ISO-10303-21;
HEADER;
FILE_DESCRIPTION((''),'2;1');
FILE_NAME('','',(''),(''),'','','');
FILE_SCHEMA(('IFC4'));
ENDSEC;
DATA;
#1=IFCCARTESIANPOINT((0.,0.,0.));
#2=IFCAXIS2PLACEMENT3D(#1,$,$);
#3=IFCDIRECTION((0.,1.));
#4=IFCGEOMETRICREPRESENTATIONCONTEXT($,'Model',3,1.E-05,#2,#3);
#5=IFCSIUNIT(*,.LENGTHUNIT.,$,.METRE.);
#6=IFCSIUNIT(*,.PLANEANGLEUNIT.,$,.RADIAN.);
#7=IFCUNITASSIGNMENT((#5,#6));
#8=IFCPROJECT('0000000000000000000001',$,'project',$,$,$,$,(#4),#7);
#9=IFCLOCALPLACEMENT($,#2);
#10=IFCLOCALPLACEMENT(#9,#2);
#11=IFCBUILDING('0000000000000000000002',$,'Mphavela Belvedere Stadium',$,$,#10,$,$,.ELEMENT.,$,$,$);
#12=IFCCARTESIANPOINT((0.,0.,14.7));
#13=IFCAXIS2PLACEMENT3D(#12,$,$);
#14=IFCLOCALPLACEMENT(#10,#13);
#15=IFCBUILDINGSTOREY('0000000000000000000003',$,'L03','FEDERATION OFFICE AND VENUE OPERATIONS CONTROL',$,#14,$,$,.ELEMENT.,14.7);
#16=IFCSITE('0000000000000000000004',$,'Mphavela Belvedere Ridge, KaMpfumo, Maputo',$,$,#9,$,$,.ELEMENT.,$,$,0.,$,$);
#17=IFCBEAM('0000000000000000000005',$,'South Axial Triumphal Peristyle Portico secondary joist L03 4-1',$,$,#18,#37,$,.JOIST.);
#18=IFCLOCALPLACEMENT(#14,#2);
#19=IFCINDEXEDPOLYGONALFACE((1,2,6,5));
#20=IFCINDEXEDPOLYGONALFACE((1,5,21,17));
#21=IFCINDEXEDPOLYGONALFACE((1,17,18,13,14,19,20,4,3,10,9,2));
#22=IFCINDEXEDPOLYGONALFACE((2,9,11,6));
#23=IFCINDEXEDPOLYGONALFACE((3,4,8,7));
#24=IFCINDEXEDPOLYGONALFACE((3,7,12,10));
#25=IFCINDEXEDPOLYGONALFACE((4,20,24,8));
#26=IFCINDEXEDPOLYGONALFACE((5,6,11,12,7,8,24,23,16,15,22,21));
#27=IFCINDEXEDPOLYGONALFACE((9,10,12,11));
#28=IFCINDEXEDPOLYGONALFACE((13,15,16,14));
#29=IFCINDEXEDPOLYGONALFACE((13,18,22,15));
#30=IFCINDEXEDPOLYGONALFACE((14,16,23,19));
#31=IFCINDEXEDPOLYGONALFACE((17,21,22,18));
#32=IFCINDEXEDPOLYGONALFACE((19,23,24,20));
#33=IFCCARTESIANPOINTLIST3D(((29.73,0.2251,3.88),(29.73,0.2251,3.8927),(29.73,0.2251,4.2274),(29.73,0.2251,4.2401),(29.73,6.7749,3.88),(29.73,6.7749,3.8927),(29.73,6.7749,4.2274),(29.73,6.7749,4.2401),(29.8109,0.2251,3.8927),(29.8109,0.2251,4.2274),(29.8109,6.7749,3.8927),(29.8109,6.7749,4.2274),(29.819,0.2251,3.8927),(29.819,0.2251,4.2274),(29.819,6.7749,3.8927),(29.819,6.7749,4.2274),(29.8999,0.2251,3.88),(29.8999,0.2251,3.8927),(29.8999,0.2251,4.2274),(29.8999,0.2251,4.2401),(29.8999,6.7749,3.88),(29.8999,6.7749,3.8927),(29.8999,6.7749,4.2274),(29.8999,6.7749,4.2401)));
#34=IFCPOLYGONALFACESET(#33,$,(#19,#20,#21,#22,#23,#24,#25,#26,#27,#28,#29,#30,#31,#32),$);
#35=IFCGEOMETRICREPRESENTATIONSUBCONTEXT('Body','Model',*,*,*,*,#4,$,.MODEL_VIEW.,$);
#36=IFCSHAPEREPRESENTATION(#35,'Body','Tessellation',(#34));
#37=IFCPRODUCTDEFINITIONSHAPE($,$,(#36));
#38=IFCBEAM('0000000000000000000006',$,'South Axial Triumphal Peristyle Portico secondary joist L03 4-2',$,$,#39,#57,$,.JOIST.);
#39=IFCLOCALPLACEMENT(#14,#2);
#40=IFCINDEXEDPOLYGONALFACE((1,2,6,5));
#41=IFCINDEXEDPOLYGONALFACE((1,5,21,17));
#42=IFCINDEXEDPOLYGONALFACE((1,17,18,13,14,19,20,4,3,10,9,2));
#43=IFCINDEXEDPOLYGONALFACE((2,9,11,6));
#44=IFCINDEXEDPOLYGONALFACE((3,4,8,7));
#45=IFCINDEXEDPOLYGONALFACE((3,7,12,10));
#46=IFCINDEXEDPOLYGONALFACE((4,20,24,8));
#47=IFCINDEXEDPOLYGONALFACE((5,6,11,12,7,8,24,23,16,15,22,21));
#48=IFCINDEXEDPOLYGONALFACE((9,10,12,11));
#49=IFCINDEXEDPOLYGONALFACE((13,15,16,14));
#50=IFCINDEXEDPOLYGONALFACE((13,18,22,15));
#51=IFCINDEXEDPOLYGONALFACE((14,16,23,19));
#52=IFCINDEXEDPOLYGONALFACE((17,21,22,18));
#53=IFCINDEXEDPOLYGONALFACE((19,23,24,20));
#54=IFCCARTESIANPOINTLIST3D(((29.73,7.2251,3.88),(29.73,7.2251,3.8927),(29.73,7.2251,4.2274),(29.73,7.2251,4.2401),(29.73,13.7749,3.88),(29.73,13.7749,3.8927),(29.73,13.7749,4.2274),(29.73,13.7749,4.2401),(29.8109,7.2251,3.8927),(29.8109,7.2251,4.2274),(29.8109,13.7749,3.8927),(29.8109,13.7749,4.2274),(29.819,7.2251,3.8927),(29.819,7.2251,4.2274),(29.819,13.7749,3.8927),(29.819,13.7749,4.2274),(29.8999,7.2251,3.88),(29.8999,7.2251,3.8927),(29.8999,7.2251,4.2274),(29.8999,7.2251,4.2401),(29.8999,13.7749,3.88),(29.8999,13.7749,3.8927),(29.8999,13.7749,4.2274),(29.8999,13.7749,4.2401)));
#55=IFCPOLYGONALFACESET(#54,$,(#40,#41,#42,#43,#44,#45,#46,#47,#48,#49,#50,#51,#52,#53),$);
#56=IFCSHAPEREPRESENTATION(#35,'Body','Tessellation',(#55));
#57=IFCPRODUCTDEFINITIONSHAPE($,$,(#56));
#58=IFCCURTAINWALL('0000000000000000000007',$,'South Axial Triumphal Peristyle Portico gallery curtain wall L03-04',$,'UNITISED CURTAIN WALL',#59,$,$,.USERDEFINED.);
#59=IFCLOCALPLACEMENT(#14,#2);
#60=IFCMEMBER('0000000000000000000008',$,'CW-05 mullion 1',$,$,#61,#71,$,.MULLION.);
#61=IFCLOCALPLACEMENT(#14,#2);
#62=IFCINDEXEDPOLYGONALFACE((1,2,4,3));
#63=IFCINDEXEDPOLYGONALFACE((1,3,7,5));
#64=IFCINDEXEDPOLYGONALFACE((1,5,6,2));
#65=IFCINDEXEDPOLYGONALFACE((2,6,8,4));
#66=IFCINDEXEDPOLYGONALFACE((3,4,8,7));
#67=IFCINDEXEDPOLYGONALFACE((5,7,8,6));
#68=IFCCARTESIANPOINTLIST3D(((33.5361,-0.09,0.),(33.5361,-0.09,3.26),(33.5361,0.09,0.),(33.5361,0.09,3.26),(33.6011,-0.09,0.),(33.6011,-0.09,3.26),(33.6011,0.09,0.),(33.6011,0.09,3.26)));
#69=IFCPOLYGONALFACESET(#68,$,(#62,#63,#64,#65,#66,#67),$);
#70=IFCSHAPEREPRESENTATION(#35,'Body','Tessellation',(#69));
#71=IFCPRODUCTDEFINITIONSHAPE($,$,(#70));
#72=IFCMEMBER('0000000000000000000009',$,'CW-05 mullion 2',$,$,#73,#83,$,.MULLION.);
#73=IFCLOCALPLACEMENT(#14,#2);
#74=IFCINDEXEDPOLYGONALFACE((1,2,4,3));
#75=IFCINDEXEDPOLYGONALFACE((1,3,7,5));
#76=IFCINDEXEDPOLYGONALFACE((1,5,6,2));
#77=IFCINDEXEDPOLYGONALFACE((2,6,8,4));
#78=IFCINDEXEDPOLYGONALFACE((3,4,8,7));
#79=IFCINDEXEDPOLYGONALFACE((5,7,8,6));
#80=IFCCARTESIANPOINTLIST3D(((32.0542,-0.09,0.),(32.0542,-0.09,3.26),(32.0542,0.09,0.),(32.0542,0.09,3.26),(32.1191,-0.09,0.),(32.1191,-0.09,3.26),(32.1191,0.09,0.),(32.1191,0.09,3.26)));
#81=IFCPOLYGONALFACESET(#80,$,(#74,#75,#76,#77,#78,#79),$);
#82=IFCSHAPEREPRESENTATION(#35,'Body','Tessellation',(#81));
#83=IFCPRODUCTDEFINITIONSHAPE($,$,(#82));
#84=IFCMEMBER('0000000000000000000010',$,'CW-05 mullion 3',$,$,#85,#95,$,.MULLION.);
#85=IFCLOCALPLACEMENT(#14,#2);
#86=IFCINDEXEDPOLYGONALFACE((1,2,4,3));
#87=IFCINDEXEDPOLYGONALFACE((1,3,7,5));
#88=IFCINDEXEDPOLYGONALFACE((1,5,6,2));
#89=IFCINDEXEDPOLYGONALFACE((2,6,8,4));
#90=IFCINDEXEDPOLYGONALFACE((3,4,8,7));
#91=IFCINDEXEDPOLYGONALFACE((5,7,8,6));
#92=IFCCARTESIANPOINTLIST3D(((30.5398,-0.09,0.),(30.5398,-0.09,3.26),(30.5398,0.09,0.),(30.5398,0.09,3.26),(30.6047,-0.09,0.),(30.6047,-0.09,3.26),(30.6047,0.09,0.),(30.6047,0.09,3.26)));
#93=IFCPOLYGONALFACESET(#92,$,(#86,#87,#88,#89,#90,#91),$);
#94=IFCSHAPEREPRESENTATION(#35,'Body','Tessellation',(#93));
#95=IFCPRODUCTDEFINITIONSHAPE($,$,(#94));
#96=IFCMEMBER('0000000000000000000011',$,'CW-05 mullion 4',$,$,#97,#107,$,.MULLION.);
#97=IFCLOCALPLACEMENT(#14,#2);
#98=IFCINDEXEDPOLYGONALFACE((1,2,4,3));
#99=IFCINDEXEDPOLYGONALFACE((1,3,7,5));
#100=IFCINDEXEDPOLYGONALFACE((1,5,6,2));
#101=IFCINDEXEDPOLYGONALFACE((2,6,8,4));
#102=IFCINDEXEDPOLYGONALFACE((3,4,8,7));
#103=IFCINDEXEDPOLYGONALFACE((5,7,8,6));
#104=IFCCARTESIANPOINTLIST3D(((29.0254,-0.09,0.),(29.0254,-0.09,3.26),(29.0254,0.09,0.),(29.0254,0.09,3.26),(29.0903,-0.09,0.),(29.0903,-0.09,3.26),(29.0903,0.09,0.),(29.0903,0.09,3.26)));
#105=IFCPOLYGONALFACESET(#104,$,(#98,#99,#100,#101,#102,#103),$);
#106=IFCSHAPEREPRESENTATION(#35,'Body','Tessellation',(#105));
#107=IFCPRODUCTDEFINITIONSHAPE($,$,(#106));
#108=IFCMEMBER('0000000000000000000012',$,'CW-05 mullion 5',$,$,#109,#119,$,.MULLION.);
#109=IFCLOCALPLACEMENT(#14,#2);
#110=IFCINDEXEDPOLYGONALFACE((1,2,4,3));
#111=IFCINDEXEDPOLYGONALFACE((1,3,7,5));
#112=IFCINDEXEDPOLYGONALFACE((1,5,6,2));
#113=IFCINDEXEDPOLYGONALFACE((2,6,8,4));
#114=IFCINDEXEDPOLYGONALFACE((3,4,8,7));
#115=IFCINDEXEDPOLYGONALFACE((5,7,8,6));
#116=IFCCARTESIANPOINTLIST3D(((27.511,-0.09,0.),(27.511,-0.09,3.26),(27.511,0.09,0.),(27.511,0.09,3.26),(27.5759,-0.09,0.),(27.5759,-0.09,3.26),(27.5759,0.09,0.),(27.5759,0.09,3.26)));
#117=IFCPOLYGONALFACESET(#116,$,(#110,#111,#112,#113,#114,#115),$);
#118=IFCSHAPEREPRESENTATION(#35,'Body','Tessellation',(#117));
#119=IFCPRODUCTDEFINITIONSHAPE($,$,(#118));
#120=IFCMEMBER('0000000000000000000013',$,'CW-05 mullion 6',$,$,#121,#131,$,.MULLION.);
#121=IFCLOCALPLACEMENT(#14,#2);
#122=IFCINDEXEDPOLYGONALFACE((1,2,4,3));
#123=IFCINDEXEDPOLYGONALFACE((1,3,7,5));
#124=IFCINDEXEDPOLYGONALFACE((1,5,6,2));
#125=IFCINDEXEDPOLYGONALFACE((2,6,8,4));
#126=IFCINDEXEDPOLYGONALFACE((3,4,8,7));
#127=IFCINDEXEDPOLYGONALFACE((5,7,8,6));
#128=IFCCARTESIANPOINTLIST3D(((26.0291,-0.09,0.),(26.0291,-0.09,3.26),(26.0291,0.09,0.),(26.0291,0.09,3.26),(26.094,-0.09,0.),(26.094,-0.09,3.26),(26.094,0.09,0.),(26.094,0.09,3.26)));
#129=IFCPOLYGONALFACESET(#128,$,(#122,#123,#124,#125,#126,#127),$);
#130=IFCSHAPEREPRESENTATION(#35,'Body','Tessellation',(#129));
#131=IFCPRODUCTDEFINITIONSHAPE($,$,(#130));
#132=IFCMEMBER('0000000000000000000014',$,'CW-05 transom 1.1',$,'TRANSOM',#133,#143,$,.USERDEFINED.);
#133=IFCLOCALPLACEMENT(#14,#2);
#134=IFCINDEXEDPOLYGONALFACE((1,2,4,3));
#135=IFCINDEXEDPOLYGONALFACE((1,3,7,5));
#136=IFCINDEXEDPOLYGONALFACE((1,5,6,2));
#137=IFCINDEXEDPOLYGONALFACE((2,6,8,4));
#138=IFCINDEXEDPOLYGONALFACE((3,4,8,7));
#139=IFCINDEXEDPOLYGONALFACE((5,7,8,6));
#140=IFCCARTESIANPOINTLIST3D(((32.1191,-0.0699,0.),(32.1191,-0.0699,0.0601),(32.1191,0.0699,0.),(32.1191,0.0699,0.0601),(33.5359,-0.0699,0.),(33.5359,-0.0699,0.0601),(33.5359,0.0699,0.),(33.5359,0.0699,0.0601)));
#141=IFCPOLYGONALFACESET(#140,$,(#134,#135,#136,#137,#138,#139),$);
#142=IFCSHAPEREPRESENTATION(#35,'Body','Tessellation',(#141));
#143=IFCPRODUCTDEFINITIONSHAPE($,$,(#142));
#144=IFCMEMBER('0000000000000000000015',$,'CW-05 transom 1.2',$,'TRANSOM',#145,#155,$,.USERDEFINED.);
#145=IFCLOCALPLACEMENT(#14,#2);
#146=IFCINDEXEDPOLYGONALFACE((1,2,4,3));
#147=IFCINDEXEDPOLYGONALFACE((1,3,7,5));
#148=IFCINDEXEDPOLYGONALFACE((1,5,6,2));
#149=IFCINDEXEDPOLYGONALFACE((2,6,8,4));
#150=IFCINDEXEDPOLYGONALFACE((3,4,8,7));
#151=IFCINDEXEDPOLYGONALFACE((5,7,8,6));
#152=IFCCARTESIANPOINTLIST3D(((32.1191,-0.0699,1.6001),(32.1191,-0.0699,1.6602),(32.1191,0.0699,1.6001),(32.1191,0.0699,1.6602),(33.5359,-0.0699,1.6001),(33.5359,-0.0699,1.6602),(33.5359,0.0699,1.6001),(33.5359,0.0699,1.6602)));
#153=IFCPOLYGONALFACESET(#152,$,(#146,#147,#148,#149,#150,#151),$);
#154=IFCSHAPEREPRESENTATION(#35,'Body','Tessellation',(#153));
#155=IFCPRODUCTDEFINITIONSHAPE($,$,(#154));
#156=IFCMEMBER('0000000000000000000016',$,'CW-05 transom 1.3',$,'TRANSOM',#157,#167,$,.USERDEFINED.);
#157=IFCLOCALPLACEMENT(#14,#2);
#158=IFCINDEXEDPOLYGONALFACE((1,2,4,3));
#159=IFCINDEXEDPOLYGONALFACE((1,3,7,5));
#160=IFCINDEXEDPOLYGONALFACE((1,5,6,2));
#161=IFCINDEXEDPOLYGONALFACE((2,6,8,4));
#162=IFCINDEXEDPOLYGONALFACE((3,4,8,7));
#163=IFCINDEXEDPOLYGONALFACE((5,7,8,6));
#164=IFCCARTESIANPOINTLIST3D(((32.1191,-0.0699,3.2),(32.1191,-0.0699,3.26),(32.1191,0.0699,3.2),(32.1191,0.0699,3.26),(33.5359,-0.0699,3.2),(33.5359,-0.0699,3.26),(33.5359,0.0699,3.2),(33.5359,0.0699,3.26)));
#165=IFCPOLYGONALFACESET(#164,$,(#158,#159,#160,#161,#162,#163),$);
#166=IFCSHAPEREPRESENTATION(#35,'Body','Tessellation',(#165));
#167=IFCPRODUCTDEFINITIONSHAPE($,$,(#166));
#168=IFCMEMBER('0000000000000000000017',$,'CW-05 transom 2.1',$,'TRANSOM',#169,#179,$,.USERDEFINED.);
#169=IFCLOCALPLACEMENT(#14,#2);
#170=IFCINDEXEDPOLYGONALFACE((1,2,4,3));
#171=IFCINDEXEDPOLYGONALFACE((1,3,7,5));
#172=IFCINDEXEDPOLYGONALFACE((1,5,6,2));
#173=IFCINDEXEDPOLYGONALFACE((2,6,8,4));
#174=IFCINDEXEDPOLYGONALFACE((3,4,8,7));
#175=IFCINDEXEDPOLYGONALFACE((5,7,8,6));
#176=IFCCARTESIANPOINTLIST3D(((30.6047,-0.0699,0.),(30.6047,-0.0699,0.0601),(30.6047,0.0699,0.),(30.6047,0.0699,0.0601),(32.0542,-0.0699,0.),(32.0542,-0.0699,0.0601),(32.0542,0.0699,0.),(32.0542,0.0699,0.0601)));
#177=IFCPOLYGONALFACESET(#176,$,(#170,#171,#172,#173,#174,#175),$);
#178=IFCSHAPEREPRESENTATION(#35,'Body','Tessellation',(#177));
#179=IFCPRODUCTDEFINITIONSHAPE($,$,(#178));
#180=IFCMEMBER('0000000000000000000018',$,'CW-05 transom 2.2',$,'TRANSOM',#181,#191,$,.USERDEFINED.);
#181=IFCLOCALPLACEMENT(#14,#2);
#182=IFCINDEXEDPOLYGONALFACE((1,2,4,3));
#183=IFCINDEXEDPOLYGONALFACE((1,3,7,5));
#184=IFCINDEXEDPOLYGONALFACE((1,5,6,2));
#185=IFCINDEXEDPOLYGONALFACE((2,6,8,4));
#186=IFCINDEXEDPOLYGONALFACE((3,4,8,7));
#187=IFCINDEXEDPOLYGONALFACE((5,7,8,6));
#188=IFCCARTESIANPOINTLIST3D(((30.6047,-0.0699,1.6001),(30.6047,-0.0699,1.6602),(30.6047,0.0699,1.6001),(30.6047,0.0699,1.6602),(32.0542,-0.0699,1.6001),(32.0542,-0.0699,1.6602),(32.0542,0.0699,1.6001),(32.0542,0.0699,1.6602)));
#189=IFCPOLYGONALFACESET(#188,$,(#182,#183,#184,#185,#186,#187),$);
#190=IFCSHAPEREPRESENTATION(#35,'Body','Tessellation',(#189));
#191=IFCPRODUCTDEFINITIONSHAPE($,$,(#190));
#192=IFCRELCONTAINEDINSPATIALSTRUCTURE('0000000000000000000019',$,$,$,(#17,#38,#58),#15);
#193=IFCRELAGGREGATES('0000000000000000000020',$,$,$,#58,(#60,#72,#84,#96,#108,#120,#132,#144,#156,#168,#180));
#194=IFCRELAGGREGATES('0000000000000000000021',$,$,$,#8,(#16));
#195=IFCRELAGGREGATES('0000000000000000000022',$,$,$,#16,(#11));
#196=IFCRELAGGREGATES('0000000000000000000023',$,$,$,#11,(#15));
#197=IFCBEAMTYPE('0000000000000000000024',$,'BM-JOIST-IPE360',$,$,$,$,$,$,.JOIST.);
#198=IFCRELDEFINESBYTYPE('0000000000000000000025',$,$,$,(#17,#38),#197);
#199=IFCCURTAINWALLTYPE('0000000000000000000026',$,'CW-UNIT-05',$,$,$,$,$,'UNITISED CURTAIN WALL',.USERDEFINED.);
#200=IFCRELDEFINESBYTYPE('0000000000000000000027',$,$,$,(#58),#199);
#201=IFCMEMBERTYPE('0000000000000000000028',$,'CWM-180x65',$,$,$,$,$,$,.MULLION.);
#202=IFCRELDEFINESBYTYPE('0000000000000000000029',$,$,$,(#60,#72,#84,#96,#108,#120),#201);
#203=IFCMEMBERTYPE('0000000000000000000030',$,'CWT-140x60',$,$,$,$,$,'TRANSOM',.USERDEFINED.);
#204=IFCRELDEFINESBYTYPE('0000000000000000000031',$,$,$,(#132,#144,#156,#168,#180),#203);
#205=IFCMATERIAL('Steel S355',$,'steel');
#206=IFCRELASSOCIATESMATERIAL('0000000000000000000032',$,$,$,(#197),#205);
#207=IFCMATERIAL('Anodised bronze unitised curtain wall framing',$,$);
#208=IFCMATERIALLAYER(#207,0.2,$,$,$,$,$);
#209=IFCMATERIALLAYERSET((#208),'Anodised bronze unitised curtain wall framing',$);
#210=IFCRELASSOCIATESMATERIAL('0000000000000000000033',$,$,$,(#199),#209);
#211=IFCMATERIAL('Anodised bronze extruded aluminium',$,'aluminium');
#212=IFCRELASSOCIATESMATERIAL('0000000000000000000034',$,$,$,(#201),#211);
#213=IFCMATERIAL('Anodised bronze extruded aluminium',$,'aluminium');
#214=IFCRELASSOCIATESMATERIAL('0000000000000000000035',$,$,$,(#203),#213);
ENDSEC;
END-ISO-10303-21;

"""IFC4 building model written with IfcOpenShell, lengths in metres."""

from ifc_helpers import new_model, si_unit, direction, frame, origin, origin_2d, place, context, subcontext, project, spatial, rectangle, i_section, extrude, material, layer, layer_set, material_profile, profile_set, type_object, element, aggregate, save


model = new_model("IFC4")

# Units and contexts
model_context = context("Model", 3, precision=1e-05, world=origin(), true_north=direction((0.0, 1.0)))
body_context = subcontext(model_context, "Body", "Model", "MODEL_VIEW")
ifc_project = project(units=[si_unit("LENGTHUNIT", "METRE"), si_unit("PLANEANGLEUNIT", "RADIAN")], contexts=[model_context])

# Site, building, storey
site_placement = place(None, origin())
site = spatial("IfcSite", under=ifc_project, at=site_placement, Name="Mphavela Belvedere Ridge, KaMpfumo, Maputo", CompositionType="ELEMENT", RefElevation=0.0)
building_placement = place(site_placement, origin())
building = spatial("IfcBuilding", under=site, at=building_placement, Name="Mphavela Belvedere Stadium", CompositionType="ELEMENT")
storey_placement = place(building_placement, frame((0.0, 0.0, 14.7)))
storey = spatial("IfcBuildingStorey", under=building, at=storey_placement, Name="L03", Description="FEDERATION OFFICE AND VENUE OPERATIONS CONTROL", CompositionType="ELEMENT", Elevation=14.7)

# Beams
ifc_material_1 = material(Name="Steel S355", Category="steel")
ifc_material_profile_1 = material_profile(ifc_material_1, i_section(OverallWidth=0.1699, OverallDepth=0.3601, WebThickness=0.0081, FlangeThickness=0.0127, at=origin_2d()), Name="IPE 360")
ifc_profile_set_1 = profile_set([ifc_material_profile_1], Name="Steel S355")
beam_type = type_object("IfcBeamType", Name="BM-JOIST-IPE360", PredefinedType="JOIST", material=ifc_profile_set_1)
for number, where, z_axis, x_axis, name in (
    (1, (29.8149, 0.2251, 4.0601), (0.0, 1.0, 0.0), (-1.0, 0.0, 0.0), "South Axial Triumphal Peristyle Portico secondary joist L03 4-1"),
    (2, (29.8149, 7.2251, 4.0601), (0.0, 1.0, 0.0), (-1.0, 0.0, 0.0), "South Axial Triumphal Peristyle Portico secondary joist L03 4-2"),
):
    element("IfcBeam", number, at=place(storey_placement, frame(where, z_axis=z_axis, x_axis=x_axis)), inside=storey, type_object=beam_type, Name=name, PredefinedType="JOIST", context=body_context, shape_type="SweptSolid", body=[
        extrude(i_section(OverallWidth=0.1699, OverallDepth=0.3601, WebThickness=0.0081, FlangeThickness=0.0127, at=origin_2d()), origin(), (0.0, 0.0, 1.0), 6.5498),
    ])

# Curtain wall, members
ifc_material_2 = material(Name="Anodised bronze unitised curtain wall framing")
ifc_layer_1 = layer(ifc_material_2, 0.2)
ifc_layer_set_1 = layer_set([ifc_layer_1], Name="Anodised bronze unitised curtain wall framing")
curtain_wall_type = type_object("IfcCurtainWallType", Name="CW-UNIT-05", ElementType="UNITISED CURTAIN WALL", PredefinedType="USERDEFINED", material=ifc_layer_set_1)
curtain_wall_placement = place(storey_placement, origin())
curtain_wall = element("IfcCurtainWall", 3, at=curtain_wall_placement, inside=storey, type_object=curtain_wall_type, Name="South Axial Triumphal Peristyle Portico gallery curtain wall L03-04", ObjectType="UNITISED CURTAIN WALL", PredefinedType="USERDEFINED")
ifc_material_3 = material(Name="Anodised bronze extruded aluminium", Category="aluminium")
ifc_material_profile_2 = material_profile(ifc_material_3, rectangle(XDim=0.1799, YDim=0.0649, at=origin_2d()), Name="CW-MUL 180x65")
ifc_profile_set_2 = profile_set([ifc_material_profile_2], Name="Anodised bronze extruded aluminium")
member_type_1 = type_object("IfcMemberType", Name="CWM-180x65", PredefinedType="MULLION", material=ifc_profile_set_2)
member_1_placement = place(storey_placement, frame((33.5686, 0.0, 0.0), z_axis=(0.0, 0.0, 1.0), x_axis=(0.0, -1.0, 0.0)))
member_1 = element("IfcMember", 4, at=member_1_placement, type_object=member_type_1, Name="CW-05 mullion 1", PredefinedType="MULLION", context=body_context, shape_type="SweptSolid", body=[
    extrude(rectangle(XDim=0.1799, YDim=0.0649, at=origin_2d()), origin(), (0.0, 0.0, 1.0), 3.26),
])
member_2_placement = place(storey_placement, frame((32.0867, 0.0, 0.0), z_axis=(0.0, 0.0, 1.0), x_axis=(0.0, -1.0, 0.0)))
member_2 = element("IfcMember", 5, at=member_2_placement, type_object=member_type_1, Name="CW-05 mullion 2", PredefinedType="MULLION", context=body_context, shape_type="SweptSolid", body=[
    extrude(rectangle(XDim=0.1799, YDim=0.0649, at=origin_2d()), origin(), (0.0, 0.0, 1.0), 3.26),
])
member_3_placement = place(storey_placement, frame((30.5723, 0.0, 0.0), z_axis=(0.0, 0.0, 1.0), x_axis=(0.0, -1.0, 0.0)))
member_3 = element("IfcMember", 6, at=member_3_placement, type_object=member_type_1, Name="CW-05 mullion 3", PredefinedType="MULLION", context=body_context, shape_type="SweptSolid", body=[
    extrude(rectangle(XDim=0.1799, YDim=0.0649, at=origin_2d()), origin(), (0.0, 0.0, 1.0), 3.26),
])
member_4_placement = place(storey_placement, frame((29.0579, 0.0, 0.0), z_axis=(0.0, 0.0, 1.0), x_axis=(0.0, -1.0, 0.0)))
member_4 = element("IfcMember", 7, at=member_4_placement, type_object=member_type_1, Name="CW-05 mullion 4", PredefinedType="MULLION", context=body_context, shape_type="SweptSolid", body=[
    extrude(rectangle(XDim=0.1799, YDim=0.0649, at=origin_2d()), origin(), (0.0, 0.0, 1.0), 3.26),
])
member_5_placement = place(storey_placement, frame((27.5435, 0.0, 0.0), z_axis=(0.0, 0.0, 1.0), x_axis=(0.0, -1.0, 0.0)))
member_5 = element("IfcMember", 8, at=member_5_placement, type_object=member_type_1, Name="CW-05 mullion 5", PredefinedType="MULLION", context=body_context, shape_type="SweptSolid", body=[
    extrude(rectangle(XDim=0.1799, YDim=0.0649, at=origin_2d()), origin(), (0.0, 0.0, 1.0), 3.26),
])
member_6_placement = place(storey_placement, frame((26.0615, 0.0, 0.0), z_axis=(0.0, 0.0, 1.0), x_axis=(0.0, -1.0, 0.0)))
member_6 = element("IfcMember", 9, at=member_6_placement, type_object=member_type_1, Name="CW-05 mullion 6", PredefinedType="MULLION", context=body_context, shape_type="SweptSolid", body=[
    extrude(rectangle(XDim=0.1799, YDim=0.0649, at=origin_2d()), origin(), (0.0, 0.0, 1.0), 3.26),
])
ifc_material_4 = material(Name="Anodised bronze extruded aluminium", Category="aluminium")
ifc_material_profile_3 = material_profile(ifc_material_4, rectangle(XDim=0.1399, YDim=0.0601, at=origin_2d()), Name="CW-TRN 140x60")
ifc_profile_set_3 = profile_set([ifc_material_profile_3], Name="Anodised bronze extruded aluminium")
member_type_2 = type_object("IfcMemberType", Name="CWT-140x60", ElementType="TRANSOM", PredefinedType="USERDEFINED", material=ifc_profile_set_3)
member_7_placement = place(storey_placement, frame((33.5359, 0.0, 0.03), z_axis=(-1.0, 0.0, 0.0), x_axis=(0.0, -1.0, 0.0)))
member_7 = element("IfcMember", 10, at=member_7_placement, type_object=member_type_2, Name="CW-05 transom 1.1", ObjectType="TRANSOM", PredefinedType="USERDEFINED", context=body_context, shape_type="SweptSolid", body=[
    extrude(rectangle(XDim=0.1399, YDim=0.0601, at=origin_2d()), origin(), (0.0, 0.0, 1.0), 1.4167),
])
member_8_placement = place(storey_placement, frame((33.5359, 0.0, 1.6301), z_axis=(-1.0, 0.0, 0.0), x_axis=(0.0, -1.0, 0.0)))
member_8 = element("IfcMember", 11, at=member_8_placement, type_object=member_type_2, Name="CW-05 transom 1.2", ObjectType="TRANSOM", PredefinedType="USERDEFINED", context=body_context, shape_type="SweptSolid", body=[
    extrude(rectangle(XDim=0.1399, YDim=0.0601, at=origin_2d()), origin(), (0.0, 0.0, 1.0), 1.4167),
])
member_9_placement = place(storey_placement, frame((33.5359, 0.0, 3.23), z_axis=(-1.0, 0.0, 0.0), x_axis=(0.0, -1.0, 0.0)))
member_9 = element("IfcMember", 12, at=member_9_placement, type_object=member_type_2, Name="CW-05 transom 1.3", ObjectType="TRANSOM", PredefinedType="USERDEFINED", context=body_context, shape_type="SweptSolid", body=[
    extrude(rectangle(XDim=0.1399, YDim=0.0601, at=origin_2d()), origin(), (0.0, 0.0, 1.0), 1.4167),
])
member_10_placement = place(storey_placement, frame((32.0542, 0.0, 0.03), z_axis=(-1.0, 0.0, 0.0), x_axis=(0.0, -1.0, 0.0)))
member_10 = element("IfcMember", 13, at=member_10_placement, type_object=member_type_2, Name="CW-05 transom 2.1", ObjectType="TRANSOM", PredefinedType="USERDEFINED", context=body_context, shape_type="SweptSolid", body=[
    extrude(rectangle(XDim=0.1399, YDim=0.0601, at=origin_2d()), origin(), (0.0, 0.0, 1.0), 1.4495),
])
member_11_placement = place(storey_placement, frame((32.0542, 0.0, 1.6301), z_axis=(-1.0, 0.0, 0.0), x_axis=(0.0, -1.0, 0.0)))
member_11 = element("IfcMember", 14, at=member_11_placement, type_object=member_type_2, Name="CW-05 transom 2.2", ObjectType="TRANSOM", PredefinedType="USERDEFINED", context=body_context, shape_type="SweptSolid", body=[
    extrude(rectangle(XDim=0.1399, YDim=0.0601, at=origin_2d()), origin(), (0.0, 0.0, 1.0), 1.4495),
])
aggregate(curtain_wall, [member_1, member_2, member_3, member_4, member_5, member_6, member_7, member_8, member_9, member_10, member_11])

save(model, "model.ifc")
